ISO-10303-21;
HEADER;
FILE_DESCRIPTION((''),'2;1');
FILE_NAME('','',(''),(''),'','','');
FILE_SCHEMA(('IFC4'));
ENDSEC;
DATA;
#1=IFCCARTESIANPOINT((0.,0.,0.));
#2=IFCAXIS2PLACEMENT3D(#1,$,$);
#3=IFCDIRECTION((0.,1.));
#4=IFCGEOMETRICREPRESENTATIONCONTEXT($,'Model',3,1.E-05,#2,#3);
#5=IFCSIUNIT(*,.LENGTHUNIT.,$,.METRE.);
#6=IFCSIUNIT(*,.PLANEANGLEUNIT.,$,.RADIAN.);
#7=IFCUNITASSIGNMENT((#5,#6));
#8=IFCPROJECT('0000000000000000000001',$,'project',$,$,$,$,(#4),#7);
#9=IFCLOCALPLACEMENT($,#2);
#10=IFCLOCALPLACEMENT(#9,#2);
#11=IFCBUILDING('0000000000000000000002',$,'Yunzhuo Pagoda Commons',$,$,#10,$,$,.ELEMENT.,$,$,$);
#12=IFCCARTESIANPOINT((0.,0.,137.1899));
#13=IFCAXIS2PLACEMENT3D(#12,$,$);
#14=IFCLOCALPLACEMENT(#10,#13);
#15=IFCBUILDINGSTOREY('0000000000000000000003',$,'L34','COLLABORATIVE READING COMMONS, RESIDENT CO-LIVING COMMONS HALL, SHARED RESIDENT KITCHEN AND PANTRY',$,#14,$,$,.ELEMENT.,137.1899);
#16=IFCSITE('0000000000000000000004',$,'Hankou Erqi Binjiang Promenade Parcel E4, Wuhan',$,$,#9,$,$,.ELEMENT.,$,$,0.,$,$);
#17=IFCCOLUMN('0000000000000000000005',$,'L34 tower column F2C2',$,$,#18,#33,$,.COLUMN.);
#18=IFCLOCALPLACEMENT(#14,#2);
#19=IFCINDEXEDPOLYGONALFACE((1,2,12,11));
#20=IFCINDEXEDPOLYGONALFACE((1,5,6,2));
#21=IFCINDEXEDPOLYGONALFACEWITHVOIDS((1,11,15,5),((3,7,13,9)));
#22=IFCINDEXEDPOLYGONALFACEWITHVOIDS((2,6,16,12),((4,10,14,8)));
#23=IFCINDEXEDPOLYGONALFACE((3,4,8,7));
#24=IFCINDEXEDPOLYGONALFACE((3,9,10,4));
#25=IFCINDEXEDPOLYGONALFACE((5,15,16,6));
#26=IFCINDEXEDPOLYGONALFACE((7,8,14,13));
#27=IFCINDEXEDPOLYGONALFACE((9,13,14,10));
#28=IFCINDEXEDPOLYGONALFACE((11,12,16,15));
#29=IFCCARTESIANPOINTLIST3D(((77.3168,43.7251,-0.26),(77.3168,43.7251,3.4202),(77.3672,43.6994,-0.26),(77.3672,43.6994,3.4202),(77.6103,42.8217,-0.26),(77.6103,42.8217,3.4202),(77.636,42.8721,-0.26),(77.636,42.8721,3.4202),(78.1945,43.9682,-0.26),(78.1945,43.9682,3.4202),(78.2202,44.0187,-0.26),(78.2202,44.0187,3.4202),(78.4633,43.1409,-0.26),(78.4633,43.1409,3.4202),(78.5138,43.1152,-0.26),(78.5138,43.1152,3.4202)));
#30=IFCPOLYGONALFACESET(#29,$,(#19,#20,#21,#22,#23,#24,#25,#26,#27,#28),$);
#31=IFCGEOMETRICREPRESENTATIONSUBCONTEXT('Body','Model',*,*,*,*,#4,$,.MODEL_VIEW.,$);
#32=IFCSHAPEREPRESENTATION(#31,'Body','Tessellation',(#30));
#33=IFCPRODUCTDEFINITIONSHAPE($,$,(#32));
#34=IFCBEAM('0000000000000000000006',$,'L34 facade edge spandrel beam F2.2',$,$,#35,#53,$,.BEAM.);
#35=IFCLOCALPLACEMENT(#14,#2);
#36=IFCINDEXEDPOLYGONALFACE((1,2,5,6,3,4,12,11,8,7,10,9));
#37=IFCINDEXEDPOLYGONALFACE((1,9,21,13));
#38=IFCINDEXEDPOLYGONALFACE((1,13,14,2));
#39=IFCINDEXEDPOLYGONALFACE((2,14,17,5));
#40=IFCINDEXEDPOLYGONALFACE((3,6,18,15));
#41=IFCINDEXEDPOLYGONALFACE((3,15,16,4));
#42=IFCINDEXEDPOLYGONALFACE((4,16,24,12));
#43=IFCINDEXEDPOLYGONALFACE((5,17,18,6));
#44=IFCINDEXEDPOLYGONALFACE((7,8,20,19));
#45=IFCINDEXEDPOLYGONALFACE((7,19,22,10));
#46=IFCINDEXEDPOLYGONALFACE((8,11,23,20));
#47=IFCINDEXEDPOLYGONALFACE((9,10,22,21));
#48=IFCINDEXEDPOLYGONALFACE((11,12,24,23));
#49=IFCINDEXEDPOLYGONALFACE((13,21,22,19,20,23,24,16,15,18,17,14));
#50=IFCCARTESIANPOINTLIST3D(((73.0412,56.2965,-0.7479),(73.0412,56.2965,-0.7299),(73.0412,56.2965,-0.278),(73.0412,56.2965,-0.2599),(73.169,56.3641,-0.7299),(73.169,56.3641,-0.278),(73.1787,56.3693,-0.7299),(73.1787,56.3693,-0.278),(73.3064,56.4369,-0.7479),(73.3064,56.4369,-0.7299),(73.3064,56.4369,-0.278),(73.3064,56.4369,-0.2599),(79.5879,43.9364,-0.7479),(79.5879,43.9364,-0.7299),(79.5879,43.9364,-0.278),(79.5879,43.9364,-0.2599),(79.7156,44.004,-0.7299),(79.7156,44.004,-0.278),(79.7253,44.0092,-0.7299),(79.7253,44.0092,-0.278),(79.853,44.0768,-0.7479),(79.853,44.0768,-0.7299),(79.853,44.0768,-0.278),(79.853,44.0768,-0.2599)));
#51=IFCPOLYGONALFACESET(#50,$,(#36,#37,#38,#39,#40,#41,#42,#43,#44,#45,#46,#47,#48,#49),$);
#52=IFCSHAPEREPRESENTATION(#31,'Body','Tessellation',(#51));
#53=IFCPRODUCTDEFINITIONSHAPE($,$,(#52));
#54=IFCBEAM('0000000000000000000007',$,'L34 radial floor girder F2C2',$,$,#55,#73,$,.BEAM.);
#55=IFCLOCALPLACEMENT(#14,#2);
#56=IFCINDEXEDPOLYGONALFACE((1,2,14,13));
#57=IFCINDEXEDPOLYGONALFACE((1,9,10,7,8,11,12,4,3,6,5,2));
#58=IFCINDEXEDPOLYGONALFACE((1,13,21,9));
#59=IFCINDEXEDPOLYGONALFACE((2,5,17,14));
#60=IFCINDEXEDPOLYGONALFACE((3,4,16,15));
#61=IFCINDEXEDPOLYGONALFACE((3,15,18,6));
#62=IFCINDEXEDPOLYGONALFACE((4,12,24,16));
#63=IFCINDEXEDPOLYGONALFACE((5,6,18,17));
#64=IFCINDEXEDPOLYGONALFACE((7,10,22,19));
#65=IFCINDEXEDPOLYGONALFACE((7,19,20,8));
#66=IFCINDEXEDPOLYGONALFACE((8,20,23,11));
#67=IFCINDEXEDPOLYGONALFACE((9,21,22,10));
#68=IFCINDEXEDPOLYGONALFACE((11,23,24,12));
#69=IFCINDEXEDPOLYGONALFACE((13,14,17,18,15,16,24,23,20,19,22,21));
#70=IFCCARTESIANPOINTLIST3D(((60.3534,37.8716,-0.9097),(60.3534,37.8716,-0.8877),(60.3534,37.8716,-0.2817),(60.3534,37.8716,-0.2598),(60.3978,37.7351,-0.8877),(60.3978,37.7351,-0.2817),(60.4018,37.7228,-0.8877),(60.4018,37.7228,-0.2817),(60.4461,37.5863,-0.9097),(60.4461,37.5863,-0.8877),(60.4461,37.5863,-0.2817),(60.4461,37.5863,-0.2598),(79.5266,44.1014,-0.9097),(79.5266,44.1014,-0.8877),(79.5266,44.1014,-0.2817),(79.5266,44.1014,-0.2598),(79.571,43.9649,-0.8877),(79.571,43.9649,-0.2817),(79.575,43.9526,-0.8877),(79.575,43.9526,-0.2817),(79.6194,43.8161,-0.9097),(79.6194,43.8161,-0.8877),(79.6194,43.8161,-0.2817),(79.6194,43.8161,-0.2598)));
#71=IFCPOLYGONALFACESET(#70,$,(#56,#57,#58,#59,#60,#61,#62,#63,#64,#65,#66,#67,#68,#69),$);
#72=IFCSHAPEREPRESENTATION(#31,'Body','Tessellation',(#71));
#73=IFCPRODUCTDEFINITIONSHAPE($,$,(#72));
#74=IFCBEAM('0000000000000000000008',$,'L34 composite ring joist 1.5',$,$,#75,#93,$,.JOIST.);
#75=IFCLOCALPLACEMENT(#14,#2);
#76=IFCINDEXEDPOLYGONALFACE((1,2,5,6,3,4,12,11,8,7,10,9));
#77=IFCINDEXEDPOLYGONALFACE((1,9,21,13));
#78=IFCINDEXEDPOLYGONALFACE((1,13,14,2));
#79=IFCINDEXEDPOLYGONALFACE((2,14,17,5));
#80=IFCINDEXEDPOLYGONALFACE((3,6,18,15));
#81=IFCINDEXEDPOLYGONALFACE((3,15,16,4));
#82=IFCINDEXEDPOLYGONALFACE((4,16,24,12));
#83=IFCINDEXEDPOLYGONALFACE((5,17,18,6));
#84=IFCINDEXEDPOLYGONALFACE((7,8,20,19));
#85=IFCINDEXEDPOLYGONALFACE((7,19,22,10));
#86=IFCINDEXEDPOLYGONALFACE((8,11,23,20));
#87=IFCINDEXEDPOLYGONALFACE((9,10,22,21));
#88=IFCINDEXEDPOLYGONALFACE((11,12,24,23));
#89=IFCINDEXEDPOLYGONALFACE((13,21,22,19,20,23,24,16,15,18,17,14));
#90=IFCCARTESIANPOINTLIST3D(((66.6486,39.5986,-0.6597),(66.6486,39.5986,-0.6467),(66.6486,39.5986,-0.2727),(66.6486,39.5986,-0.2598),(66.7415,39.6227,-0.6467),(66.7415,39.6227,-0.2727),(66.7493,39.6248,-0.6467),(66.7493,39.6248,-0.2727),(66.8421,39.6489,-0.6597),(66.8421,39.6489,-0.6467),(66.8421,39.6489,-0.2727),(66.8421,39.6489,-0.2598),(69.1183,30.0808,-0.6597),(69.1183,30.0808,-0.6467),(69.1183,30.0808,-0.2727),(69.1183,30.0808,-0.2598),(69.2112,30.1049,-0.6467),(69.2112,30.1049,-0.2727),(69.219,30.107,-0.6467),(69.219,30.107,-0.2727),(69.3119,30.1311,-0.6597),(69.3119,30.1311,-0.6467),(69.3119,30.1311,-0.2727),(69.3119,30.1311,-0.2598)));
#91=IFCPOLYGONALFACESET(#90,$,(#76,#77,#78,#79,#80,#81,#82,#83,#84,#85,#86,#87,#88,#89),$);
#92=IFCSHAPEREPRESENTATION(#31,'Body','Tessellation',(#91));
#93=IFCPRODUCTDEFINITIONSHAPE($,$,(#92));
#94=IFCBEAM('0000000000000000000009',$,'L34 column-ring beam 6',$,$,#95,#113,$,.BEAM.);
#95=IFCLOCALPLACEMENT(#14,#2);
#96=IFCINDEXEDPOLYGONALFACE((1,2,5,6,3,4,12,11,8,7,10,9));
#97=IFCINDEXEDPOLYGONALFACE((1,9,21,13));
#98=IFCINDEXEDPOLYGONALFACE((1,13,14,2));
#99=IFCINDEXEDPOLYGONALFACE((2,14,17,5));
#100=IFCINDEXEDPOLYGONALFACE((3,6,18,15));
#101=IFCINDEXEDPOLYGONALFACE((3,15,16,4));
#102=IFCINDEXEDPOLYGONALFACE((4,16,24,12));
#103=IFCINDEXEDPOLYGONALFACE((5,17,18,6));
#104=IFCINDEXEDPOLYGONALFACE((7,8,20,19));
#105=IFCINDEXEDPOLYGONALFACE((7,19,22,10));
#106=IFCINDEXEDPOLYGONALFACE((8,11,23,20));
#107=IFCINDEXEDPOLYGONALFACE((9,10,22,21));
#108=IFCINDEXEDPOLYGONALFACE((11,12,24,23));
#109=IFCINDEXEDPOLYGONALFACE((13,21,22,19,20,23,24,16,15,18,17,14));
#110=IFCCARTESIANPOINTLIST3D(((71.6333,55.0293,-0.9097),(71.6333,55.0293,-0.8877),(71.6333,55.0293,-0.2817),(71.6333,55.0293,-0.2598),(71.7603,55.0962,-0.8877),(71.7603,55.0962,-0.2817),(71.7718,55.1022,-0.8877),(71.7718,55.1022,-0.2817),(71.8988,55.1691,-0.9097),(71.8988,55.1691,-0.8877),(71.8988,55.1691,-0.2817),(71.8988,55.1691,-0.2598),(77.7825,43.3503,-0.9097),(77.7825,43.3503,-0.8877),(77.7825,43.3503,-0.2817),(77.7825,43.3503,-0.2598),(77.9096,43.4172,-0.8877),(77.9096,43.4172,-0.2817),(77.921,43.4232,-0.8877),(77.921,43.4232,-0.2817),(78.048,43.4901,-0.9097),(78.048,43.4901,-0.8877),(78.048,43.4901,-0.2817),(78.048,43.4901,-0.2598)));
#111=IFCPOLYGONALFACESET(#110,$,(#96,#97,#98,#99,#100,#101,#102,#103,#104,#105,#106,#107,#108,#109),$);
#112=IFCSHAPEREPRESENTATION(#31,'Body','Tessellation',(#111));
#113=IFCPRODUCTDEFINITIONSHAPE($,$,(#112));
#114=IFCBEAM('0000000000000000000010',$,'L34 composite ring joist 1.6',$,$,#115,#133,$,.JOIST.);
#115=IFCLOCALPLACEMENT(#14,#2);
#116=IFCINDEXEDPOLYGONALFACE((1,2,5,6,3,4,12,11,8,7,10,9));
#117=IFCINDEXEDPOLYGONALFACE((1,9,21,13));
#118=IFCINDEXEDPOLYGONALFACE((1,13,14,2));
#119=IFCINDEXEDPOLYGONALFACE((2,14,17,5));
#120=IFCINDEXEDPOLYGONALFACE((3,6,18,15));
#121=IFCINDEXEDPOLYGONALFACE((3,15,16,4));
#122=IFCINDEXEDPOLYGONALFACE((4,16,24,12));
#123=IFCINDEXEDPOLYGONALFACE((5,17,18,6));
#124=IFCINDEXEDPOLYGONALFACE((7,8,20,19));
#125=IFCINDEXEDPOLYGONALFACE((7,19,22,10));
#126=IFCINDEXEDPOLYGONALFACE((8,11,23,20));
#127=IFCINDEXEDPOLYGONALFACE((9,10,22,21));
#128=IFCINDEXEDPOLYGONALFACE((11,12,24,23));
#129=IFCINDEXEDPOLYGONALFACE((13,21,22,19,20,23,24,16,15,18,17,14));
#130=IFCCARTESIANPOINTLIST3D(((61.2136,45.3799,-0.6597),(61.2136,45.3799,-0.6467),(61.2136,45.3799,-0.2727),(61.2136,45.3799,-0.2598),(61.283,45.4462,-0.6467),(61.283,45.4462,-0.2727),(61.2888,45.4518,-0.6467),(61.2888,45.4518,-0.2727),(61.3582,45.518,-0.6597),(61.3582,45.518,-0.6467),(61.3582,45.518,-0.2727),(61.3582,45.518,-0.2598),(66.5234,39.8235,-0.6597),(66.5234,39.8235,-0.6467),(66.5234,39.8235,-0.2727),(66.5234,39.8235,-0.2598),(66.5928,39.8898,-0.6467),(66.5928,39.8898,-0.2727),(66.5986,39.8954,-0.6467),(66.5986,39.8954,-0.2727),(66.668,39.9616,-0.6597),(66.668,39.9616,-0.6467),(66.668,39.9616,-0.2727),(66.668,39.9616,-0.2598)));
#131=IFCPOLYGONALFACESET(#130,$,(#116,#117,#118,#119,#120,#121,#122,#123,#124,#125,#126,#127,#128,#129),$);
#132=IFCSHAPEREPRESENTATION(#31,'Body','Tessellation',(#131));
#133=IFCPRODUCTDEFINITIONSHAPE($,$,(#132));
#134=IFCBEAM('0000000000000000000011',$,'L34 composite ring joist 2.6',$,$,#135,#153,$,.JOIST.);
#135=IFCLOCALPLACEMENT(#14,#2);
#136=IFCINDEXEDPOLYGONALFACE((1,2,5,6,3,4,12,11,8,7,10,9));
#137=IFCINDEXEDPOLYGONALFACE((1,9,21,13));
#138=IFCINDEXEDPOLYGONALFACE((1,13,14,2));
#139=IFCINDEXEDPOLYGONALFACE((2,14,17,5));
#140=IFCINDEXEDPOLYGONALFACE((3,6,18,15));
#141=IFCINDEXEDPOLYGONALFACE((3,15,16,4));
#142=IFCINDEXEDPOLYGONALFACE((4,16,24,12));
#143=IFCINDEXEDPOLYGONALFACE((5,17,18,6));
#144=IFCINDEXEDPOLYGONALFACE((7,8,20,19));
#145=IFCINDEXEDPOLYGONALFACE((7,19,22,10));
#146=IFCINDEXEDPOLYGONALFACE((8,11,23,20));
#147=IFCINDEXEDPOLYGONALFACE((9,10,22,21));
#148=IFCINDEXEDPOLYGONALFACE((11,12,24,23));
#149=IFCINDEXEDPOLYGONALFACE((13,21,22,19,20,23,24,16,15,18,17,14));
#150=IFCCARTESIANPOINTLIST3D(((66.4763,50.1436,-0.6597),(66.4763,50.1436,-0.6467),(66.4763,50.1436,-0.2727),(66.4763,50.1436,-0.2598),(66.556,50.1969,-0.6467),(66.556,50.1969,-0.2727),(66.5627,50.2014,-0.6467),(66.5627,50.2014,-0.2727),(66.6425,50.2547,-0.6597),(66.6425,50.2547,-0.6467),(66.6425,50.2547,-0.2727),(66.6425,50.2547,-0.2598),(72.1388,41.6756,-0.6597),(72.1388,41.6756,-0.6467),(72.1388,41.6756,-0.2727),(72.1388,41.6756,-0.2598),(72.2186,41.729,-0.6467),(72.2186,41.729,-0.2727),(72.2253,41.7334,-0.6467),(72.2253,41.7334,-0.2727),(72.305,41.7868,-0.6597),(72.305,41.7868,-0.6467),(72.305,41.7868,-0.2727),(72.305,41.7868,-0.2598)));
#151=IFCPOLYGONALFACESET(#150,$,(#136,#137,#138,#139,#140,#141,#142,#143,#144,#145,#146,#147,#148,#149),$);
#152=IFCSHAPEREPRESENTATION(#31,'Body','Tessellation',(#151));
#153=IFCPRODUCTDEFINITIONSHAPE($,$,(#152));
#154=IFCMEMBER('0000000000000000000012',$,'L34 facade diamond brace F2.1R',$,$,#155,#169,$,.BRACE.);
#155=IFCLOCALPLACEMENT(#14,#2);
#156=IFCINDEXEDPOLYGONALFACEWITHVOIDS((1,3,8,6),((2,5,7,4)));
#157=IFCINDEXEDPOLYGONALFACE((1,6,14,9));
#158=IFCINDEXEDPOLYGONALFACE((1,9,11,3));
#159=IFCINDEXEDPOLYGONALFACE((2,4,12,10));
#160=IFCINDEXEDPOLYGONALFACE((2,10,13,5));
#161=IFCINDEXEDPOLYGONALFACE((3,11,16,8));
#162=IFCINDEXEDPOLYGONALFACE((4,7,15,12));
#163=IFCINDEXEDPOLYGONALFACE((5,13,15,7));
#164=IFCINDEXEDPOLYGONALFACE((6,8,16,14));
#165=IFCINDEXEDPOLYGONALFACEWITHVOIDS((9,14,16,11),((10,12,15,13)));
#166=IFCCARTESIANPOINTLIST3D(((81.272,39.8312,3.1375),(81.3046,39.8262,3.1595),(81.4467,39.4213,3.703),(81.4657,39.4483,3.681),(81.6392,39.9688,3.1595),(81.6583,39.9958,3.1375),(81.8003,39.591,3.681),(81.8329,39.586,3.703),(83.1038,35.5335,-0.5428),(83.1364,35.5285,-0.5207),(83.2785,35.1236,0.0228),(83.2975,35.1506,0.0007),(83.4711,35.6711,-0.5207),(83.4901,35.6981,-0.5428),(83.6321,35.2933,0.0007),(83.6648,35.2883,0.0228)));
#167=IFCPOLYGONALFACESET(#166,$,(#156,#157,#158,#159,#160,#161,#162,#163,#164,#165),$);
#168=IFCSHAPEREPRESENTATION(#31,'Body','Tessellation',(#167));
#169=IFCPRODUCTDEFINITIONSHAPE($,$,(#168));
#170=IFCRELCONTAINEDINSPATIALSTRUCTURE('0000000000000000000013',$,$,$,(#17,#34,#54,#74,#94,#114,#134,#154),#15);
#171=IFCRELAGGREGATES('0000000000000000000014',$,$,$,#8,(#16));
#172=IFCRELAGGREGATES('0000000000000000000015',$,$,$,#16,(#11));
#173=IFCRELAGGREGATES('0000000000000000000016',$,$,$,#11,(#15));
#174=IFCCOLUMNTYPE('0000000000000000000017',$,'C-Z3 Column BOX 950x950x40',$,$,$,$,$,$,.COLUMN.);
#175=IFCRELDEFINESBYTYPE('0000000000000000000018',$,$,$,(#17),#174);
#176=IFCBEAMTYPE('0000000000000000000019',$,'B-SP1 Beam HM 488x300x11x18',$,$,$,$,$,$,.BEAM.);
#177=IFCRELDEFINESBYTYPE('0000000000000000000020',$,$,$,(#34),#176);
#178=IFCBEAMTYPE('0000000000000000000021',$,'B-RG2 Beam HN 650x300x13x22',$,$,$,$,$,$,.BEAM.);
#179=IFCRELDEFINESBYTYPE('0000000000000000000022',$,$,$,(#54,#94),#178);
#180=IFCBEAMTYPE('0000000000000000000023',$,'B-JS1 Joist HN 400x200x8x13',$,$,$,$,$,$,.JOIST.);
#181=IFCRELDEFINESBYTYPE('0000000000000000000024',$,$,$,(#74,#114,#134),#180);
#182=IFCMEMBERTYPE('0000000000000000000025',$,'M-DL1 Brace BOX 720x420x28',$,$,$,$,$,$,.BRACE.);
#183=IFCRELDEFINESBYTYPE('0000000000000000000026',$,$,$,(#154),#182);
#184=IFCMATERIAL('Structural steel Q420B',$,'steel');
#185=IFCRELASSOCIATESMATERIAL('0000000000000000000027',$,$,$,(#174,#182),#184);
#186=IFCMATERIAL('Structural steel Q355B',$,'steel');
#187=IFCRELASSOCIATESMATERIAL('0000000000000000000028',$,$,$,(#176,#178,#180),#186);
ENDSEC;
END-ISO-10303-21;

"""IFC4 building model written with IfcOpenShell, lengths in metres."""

from ifc_helpers import new_model, si_unit, direction, frame, origin, origin_2d, place, context, subcontext, project, spatial, hollow_rectangle, i_section, extrude, source, transform, mapped, material, material_profile, profile_set, type_object, element, save


model = new_model("IFC4")

# Units and contexts
model_context = context("Model", 3, precision=1e-05, world=origin(), true_north=direction((0.0, 1.0)))
body_context = subcontext(model_context, "Body", "Model", "MODEL_VIEW")
ifc_project = project(units=[si_unit("LENGTHUNIT", "METRE"), si_unit("PLANEANGLEUNIT", "RADIAN")], contexts=[model_context])

# Site, building, storey
site_placement = place(None, origin())
site = spatial("IfcSite", under=ifc_project, at=site_placement, Name="Hankou Erqi Binjiang Promenade Parcel E4, Wuhan", CompositionType="ELEMENT", RefElevation=0.0)
building_placement = place(site_placement, origin())
building = spatial("IfcBuilding", under=site, at=building_placement, Name="Yunzhuo Pagoda Commons", CompositionType="ELEMENT")
storey_placement = place(building_placement, frame((0.0, 0.0, 137.1899)))
storey = spatial("IfcBuildingStorey", under=building, at=storey_placement, Name="L34", Description="COLLABORATIVE READING COMMONS, RESIDENT CO-LIVING COMMONS HALL, SHARED RESIDENT KITCHEN AND PANTRY", CompositionType="ELEMENT", Elevation=137.1899)

# Column
ifc_material_1 = material(Name="Structural steel Q420B", Category="steel")
ifc_material_profile_1 = material_profile(ifc_material_1, hollow_rectangle(XDim=0.95, YDim=0.95, WallThickness=0.04, at=origin_2d()), Name="Structural steel Q420B")
ifc_profile_set_1 = profile_set([ifc_material_profile_1], Name="Structural steel Q420B")
column_type = type_object("IfcColumnType", Name="C-Z3 Column BOX 950x950x40", PredefinedType="COLUMN", material=ifc_profile_set_1)
shared_shape_1 = source(origin(), body_context, "Body", "SweptSolid", [
    extrude(hollow_rectangle(XDim=0.95, YDim=0.95, WallThickness=0.04, at=origin_2d()), origin(), (0.0, 0.0, 1.0), 3.6802),
])
column_placement = place(storey_placement, frame((77.9153, 43.4202, -0.26), z_axis=(0.0, 0.0, 1.0), x_axis=(-0.309017, 0.951057, 0.0)))
element("IfcColumn", 1, at=column_placement, inside=storey, type_object=column_type, Name="L34 tower column F2C2", PredefinedType="COLUMN", context=body_context, shape_type="MappedRepresentation", body=[
    mapped(shared_shape_1, transform((0.0, 0.0, 0.0), scale=1.0)),
])

# Beams
ifc_material_2 = material(Name="Structural steel Q355B", Category="steel")
ifc_material_profile_2 = material_profile(ifc_material_2, i_section(OverallWidth=0.3, OverallDepth=0.488, WebThickness=0.011, FlangeThickness=0.0181, at=origin_2d()), Name="Structural steel Q355B")
ifc_profile_set_2 = profile_set([ifc_material_profile_2], Name="Structural steel Q355B")
beam_type_1 = type_object("IfcBeamType", Name="B-SP1 Beam HM 488x300x11x18", PredefinedType="BEAM", material=ifc_profile_set_2)
shared_shape_2 = source(origin(), body_context, "Body", "SweptSolid", [
    extrude(i_section(OverallWidth=0.3, OverallDepth=0.488, WebThickness=0.011, FlangeThickness=0.0181, at=origin_2d()), origin(), (0.0, 0.0, 1.0), 13.9868),
])
beam_1_placement = place(storey_placement, frame((79.7205, 44.0066, -0.5039), z_axis=(-0.468058, 0.883698, 0.0), x_axis=(-0.883698, -0.468058, 0.0)))
element("IfcBeam", 2, at=beam_1_placement, inside=storey, type_object=beam_type_1, Name="L34 facade edge spandrel beam F2.2", PredefinedType="BEAM", context=body_context, shape_type="MappedRepresentation", body=[
    mapped(shared_shape_2, transform((0.0, 0.0, 0.0), scale=1.0)),
])
ifc_material_profile_3 = material_profile(ifc_material_2, i_section(OverallWidth=0.3, OverallDepth=0.6499, WebThickness=0.0129, FlangeThickness=0.022, at=origin_2d()), Name="Structural steel Q355B")
ifc_profile_set_3 = profile_set([ifc_material_profile_3], Name="Structural steel Q355B")
beam_type_2 = type_object("IfcBeamType", Name="B-RG2 Beam HN 650x300x13x22", PredefinedType="BEAM", material=ifc_profile_set_3)
shared_shape_3 = source(origin(), body_context, "Body", "SweptSolid", [
    extrude(i_section(OverallWidth=0.3, OverallDepth=0.6499, WebThickness=0.0129, FlangeThickness=0.022, at=origin_2d()), origin(), (0.0, 0.0, 1.0), 20.1599),
])
beam_2_placement = place(storey_placement, frame((79.573, 43.9587, -0.5847), z_axis=(-0.951056, -0.309018, 0.0), x_axis=(0.309018, -0.951056, 0.0)))
element("IfcBeam", 3, at=beam_2_placement, inside=storey, type_object=beam_type_2, Name="L34 radial floor girder F2C2", PredefinedType="BEAM", context=body_context, shape_type="MappedRepresentation", body=[
    mapped(shared_shape_3, transform((0.0, 0.0, 0.0), scale=1.0)),
])
ifc_material_profile_4 = material_profile(ifc_material_2, i_section(OverallWidth=0.2, OverallDepth=0.3999, WebThickness=0.0081, FlangeThickness=0.0129, at=origin_2d()), Name="Structural steel Q355B")
ifc_profile_set_4 = profile_set([ifc_material_profile_4], Name="Structural steel Q355B")
beam_type_3 = type_object("IfcBeamType", Name="B-JS1 Joist HN 400x200x8x13", PredefinedType="JOIST", material=ifc_profile_set_4)
shared_shape_4 = source(origin(), body_context, "Body", "SweptSolid", [
    extrude(i_section(OverallWidth=0.2, OverallDepth=0.3999, WebThickness=0.0081, FlangeThickness=0.0129, at=origin_2d()), origin(), (0.0, 0.0, 1.0), 9.833),
])
beam_3_placement = place(storey_placement, frame((69.2151, 30.106, -0.4597), z_axis=(-0.251166, 0.967944, 0.0), x_axis=(-0.967944, -0.251166, 0.0)))
element("IfcBeam", 4, at=beam_3_placement, inside=storey, type_object=beam_type_3, Name="L34 composite ring joist 1.5", PredefinedType="JOIST", context=body_context, shape_type="MappedRepresentation", body=[
    mapped(shared_shape_4, transform((0.0, 0.0, 0.0), scale=1.0)),
])
shared_shape_5 = source(origin(), body_context, "Body", "SweptSolid", [
    extrude(i_section(OverallWidth=0.3, OverallDepth=0.6499, WebThickness=0.0129, FlangeThickness=0.022, at=origin_2d()), origin(), (0.0, 0.0, 1.0), 13.199),
])
beam_4_placement = place(storey_placement, frame((77.9153, 43.4202, -0.5847), z_axis=(-0.465886, 0.884845, 0.0), x_axis=(-0.884845, -0.465886, 0.0)))
element("IfcBeam", 5, at=beam_4_placement, inside=storey, type_object=beam_type_2, Name="L34 column-ring beam 6", PredefinedType="BEAM", context=body_context, shape_type="MappedRepresentation", body=[
    mapped(shared_shape_5, transform((0.0, 0.0, 0.0), scale=1.0)),
])
shared_shape_6 = source(origin(), body_context, "Body", "SweptSolid", [
    extrude(i_section(OverallWidth=0.2, OverallDepth=0.3999, WebThickness=0.0081, FlangeThickness=0.0129, at=origin_2d()), origin(), (0.0, 0.0, 1.0), 7.6855),
])
beam_5_placement = place(storey_placement, frame((66.5957, 39.8926, -0.4597), z_axis=(-0.690883, 0.722967, 0.0), x_axis=(-0.722967, -0.690883, 0.0)))
element("IfcBeam", 6, at=beam_5_placement, inside=storey, type_object=beam_type_3, Name="L34 composite ring joist 1.6", PredefinedType="JOIST", context=body_context, shape_type="MappedRepresentation", body=[
    mapped(shared_shape_6, transform((0.0, 0.0, 0.0), scale=1.0)),
])
shared_shape_7 = source(origin(), body_context, "Body", "SweptSolid", [
    extrude(i_section(OverallWidth=0.2, OverallDepth=0.3999, WebThickness=0.0081, FlangeThickness=0.0129, at=origin_2d()), origin(), (0.0, 0.0, 1.0), 10.1868),
])
beam_6_placement = place(storey_placement, frame((72.2219, 41.7312, -0.4597), z_axis=(-0.555872, 0.831268, 0.0), x_axis=(-0.831268, -0.555872, 0.0)))
element("IfcBeam", 7, at=beam_6_placement, inside=storey, type_object=beam_type_3, Name="L34 composite ring joist 2.6", PredefinedType="JOIST", context=body_context, shape_type="MappedRepresentation", body=[
    mapped(shared_shape_7, transform((0.0, 0.0, 0.0), scale=1.0)),
])

# Member
ifc_material_profile_5 = material_profile(ifc_material_1, hollow_rectangle(XDim=0.4199, YDim=0.72, WallThickness=0.0281, at=origin_2d()), Name="Structural steel Q420B")
ifc_profile_set_5 = profile_set([ifc_material_profile_5], Name="Structural steel Q420B")
member_type_1 = type_object("IfcMemberType", Name="M-DL1 Brace BOX 720x420x28", PredefinedType="BRACE", material=ifc_profile_set_5)
shared_shape_8 = source(origin(), body_context, "Body", "SweptSolid", [
    extrude(hollow_rectangle(XDim=0.4199, YDim=0.72, WallThickness=0.0281, at=origin_2d()), origin(), (0.0, 0.0, 1.0), 5.9473),
])
member_1_placement = place(storey_placement, frame((83.3843, 35.4109, -0.26), z_axis=(-0.308011, 0.722633, 0.618814), x_axis=(-0.919922, -0.392102, 0.0)))
element("IfcMember", 8, at=member_1_placement, inside=storey, type_object=member_type_1, Name="L34 facade diamond brace F2.1R", PredefinedType="BRACE", context=body_context, shape_type="MappedRepresentation", body=[
    mapped(shared_shape_8, transform((0.0, 0.0, 0.0), scale=1.0)),
])

save(model, "model.ifc")
